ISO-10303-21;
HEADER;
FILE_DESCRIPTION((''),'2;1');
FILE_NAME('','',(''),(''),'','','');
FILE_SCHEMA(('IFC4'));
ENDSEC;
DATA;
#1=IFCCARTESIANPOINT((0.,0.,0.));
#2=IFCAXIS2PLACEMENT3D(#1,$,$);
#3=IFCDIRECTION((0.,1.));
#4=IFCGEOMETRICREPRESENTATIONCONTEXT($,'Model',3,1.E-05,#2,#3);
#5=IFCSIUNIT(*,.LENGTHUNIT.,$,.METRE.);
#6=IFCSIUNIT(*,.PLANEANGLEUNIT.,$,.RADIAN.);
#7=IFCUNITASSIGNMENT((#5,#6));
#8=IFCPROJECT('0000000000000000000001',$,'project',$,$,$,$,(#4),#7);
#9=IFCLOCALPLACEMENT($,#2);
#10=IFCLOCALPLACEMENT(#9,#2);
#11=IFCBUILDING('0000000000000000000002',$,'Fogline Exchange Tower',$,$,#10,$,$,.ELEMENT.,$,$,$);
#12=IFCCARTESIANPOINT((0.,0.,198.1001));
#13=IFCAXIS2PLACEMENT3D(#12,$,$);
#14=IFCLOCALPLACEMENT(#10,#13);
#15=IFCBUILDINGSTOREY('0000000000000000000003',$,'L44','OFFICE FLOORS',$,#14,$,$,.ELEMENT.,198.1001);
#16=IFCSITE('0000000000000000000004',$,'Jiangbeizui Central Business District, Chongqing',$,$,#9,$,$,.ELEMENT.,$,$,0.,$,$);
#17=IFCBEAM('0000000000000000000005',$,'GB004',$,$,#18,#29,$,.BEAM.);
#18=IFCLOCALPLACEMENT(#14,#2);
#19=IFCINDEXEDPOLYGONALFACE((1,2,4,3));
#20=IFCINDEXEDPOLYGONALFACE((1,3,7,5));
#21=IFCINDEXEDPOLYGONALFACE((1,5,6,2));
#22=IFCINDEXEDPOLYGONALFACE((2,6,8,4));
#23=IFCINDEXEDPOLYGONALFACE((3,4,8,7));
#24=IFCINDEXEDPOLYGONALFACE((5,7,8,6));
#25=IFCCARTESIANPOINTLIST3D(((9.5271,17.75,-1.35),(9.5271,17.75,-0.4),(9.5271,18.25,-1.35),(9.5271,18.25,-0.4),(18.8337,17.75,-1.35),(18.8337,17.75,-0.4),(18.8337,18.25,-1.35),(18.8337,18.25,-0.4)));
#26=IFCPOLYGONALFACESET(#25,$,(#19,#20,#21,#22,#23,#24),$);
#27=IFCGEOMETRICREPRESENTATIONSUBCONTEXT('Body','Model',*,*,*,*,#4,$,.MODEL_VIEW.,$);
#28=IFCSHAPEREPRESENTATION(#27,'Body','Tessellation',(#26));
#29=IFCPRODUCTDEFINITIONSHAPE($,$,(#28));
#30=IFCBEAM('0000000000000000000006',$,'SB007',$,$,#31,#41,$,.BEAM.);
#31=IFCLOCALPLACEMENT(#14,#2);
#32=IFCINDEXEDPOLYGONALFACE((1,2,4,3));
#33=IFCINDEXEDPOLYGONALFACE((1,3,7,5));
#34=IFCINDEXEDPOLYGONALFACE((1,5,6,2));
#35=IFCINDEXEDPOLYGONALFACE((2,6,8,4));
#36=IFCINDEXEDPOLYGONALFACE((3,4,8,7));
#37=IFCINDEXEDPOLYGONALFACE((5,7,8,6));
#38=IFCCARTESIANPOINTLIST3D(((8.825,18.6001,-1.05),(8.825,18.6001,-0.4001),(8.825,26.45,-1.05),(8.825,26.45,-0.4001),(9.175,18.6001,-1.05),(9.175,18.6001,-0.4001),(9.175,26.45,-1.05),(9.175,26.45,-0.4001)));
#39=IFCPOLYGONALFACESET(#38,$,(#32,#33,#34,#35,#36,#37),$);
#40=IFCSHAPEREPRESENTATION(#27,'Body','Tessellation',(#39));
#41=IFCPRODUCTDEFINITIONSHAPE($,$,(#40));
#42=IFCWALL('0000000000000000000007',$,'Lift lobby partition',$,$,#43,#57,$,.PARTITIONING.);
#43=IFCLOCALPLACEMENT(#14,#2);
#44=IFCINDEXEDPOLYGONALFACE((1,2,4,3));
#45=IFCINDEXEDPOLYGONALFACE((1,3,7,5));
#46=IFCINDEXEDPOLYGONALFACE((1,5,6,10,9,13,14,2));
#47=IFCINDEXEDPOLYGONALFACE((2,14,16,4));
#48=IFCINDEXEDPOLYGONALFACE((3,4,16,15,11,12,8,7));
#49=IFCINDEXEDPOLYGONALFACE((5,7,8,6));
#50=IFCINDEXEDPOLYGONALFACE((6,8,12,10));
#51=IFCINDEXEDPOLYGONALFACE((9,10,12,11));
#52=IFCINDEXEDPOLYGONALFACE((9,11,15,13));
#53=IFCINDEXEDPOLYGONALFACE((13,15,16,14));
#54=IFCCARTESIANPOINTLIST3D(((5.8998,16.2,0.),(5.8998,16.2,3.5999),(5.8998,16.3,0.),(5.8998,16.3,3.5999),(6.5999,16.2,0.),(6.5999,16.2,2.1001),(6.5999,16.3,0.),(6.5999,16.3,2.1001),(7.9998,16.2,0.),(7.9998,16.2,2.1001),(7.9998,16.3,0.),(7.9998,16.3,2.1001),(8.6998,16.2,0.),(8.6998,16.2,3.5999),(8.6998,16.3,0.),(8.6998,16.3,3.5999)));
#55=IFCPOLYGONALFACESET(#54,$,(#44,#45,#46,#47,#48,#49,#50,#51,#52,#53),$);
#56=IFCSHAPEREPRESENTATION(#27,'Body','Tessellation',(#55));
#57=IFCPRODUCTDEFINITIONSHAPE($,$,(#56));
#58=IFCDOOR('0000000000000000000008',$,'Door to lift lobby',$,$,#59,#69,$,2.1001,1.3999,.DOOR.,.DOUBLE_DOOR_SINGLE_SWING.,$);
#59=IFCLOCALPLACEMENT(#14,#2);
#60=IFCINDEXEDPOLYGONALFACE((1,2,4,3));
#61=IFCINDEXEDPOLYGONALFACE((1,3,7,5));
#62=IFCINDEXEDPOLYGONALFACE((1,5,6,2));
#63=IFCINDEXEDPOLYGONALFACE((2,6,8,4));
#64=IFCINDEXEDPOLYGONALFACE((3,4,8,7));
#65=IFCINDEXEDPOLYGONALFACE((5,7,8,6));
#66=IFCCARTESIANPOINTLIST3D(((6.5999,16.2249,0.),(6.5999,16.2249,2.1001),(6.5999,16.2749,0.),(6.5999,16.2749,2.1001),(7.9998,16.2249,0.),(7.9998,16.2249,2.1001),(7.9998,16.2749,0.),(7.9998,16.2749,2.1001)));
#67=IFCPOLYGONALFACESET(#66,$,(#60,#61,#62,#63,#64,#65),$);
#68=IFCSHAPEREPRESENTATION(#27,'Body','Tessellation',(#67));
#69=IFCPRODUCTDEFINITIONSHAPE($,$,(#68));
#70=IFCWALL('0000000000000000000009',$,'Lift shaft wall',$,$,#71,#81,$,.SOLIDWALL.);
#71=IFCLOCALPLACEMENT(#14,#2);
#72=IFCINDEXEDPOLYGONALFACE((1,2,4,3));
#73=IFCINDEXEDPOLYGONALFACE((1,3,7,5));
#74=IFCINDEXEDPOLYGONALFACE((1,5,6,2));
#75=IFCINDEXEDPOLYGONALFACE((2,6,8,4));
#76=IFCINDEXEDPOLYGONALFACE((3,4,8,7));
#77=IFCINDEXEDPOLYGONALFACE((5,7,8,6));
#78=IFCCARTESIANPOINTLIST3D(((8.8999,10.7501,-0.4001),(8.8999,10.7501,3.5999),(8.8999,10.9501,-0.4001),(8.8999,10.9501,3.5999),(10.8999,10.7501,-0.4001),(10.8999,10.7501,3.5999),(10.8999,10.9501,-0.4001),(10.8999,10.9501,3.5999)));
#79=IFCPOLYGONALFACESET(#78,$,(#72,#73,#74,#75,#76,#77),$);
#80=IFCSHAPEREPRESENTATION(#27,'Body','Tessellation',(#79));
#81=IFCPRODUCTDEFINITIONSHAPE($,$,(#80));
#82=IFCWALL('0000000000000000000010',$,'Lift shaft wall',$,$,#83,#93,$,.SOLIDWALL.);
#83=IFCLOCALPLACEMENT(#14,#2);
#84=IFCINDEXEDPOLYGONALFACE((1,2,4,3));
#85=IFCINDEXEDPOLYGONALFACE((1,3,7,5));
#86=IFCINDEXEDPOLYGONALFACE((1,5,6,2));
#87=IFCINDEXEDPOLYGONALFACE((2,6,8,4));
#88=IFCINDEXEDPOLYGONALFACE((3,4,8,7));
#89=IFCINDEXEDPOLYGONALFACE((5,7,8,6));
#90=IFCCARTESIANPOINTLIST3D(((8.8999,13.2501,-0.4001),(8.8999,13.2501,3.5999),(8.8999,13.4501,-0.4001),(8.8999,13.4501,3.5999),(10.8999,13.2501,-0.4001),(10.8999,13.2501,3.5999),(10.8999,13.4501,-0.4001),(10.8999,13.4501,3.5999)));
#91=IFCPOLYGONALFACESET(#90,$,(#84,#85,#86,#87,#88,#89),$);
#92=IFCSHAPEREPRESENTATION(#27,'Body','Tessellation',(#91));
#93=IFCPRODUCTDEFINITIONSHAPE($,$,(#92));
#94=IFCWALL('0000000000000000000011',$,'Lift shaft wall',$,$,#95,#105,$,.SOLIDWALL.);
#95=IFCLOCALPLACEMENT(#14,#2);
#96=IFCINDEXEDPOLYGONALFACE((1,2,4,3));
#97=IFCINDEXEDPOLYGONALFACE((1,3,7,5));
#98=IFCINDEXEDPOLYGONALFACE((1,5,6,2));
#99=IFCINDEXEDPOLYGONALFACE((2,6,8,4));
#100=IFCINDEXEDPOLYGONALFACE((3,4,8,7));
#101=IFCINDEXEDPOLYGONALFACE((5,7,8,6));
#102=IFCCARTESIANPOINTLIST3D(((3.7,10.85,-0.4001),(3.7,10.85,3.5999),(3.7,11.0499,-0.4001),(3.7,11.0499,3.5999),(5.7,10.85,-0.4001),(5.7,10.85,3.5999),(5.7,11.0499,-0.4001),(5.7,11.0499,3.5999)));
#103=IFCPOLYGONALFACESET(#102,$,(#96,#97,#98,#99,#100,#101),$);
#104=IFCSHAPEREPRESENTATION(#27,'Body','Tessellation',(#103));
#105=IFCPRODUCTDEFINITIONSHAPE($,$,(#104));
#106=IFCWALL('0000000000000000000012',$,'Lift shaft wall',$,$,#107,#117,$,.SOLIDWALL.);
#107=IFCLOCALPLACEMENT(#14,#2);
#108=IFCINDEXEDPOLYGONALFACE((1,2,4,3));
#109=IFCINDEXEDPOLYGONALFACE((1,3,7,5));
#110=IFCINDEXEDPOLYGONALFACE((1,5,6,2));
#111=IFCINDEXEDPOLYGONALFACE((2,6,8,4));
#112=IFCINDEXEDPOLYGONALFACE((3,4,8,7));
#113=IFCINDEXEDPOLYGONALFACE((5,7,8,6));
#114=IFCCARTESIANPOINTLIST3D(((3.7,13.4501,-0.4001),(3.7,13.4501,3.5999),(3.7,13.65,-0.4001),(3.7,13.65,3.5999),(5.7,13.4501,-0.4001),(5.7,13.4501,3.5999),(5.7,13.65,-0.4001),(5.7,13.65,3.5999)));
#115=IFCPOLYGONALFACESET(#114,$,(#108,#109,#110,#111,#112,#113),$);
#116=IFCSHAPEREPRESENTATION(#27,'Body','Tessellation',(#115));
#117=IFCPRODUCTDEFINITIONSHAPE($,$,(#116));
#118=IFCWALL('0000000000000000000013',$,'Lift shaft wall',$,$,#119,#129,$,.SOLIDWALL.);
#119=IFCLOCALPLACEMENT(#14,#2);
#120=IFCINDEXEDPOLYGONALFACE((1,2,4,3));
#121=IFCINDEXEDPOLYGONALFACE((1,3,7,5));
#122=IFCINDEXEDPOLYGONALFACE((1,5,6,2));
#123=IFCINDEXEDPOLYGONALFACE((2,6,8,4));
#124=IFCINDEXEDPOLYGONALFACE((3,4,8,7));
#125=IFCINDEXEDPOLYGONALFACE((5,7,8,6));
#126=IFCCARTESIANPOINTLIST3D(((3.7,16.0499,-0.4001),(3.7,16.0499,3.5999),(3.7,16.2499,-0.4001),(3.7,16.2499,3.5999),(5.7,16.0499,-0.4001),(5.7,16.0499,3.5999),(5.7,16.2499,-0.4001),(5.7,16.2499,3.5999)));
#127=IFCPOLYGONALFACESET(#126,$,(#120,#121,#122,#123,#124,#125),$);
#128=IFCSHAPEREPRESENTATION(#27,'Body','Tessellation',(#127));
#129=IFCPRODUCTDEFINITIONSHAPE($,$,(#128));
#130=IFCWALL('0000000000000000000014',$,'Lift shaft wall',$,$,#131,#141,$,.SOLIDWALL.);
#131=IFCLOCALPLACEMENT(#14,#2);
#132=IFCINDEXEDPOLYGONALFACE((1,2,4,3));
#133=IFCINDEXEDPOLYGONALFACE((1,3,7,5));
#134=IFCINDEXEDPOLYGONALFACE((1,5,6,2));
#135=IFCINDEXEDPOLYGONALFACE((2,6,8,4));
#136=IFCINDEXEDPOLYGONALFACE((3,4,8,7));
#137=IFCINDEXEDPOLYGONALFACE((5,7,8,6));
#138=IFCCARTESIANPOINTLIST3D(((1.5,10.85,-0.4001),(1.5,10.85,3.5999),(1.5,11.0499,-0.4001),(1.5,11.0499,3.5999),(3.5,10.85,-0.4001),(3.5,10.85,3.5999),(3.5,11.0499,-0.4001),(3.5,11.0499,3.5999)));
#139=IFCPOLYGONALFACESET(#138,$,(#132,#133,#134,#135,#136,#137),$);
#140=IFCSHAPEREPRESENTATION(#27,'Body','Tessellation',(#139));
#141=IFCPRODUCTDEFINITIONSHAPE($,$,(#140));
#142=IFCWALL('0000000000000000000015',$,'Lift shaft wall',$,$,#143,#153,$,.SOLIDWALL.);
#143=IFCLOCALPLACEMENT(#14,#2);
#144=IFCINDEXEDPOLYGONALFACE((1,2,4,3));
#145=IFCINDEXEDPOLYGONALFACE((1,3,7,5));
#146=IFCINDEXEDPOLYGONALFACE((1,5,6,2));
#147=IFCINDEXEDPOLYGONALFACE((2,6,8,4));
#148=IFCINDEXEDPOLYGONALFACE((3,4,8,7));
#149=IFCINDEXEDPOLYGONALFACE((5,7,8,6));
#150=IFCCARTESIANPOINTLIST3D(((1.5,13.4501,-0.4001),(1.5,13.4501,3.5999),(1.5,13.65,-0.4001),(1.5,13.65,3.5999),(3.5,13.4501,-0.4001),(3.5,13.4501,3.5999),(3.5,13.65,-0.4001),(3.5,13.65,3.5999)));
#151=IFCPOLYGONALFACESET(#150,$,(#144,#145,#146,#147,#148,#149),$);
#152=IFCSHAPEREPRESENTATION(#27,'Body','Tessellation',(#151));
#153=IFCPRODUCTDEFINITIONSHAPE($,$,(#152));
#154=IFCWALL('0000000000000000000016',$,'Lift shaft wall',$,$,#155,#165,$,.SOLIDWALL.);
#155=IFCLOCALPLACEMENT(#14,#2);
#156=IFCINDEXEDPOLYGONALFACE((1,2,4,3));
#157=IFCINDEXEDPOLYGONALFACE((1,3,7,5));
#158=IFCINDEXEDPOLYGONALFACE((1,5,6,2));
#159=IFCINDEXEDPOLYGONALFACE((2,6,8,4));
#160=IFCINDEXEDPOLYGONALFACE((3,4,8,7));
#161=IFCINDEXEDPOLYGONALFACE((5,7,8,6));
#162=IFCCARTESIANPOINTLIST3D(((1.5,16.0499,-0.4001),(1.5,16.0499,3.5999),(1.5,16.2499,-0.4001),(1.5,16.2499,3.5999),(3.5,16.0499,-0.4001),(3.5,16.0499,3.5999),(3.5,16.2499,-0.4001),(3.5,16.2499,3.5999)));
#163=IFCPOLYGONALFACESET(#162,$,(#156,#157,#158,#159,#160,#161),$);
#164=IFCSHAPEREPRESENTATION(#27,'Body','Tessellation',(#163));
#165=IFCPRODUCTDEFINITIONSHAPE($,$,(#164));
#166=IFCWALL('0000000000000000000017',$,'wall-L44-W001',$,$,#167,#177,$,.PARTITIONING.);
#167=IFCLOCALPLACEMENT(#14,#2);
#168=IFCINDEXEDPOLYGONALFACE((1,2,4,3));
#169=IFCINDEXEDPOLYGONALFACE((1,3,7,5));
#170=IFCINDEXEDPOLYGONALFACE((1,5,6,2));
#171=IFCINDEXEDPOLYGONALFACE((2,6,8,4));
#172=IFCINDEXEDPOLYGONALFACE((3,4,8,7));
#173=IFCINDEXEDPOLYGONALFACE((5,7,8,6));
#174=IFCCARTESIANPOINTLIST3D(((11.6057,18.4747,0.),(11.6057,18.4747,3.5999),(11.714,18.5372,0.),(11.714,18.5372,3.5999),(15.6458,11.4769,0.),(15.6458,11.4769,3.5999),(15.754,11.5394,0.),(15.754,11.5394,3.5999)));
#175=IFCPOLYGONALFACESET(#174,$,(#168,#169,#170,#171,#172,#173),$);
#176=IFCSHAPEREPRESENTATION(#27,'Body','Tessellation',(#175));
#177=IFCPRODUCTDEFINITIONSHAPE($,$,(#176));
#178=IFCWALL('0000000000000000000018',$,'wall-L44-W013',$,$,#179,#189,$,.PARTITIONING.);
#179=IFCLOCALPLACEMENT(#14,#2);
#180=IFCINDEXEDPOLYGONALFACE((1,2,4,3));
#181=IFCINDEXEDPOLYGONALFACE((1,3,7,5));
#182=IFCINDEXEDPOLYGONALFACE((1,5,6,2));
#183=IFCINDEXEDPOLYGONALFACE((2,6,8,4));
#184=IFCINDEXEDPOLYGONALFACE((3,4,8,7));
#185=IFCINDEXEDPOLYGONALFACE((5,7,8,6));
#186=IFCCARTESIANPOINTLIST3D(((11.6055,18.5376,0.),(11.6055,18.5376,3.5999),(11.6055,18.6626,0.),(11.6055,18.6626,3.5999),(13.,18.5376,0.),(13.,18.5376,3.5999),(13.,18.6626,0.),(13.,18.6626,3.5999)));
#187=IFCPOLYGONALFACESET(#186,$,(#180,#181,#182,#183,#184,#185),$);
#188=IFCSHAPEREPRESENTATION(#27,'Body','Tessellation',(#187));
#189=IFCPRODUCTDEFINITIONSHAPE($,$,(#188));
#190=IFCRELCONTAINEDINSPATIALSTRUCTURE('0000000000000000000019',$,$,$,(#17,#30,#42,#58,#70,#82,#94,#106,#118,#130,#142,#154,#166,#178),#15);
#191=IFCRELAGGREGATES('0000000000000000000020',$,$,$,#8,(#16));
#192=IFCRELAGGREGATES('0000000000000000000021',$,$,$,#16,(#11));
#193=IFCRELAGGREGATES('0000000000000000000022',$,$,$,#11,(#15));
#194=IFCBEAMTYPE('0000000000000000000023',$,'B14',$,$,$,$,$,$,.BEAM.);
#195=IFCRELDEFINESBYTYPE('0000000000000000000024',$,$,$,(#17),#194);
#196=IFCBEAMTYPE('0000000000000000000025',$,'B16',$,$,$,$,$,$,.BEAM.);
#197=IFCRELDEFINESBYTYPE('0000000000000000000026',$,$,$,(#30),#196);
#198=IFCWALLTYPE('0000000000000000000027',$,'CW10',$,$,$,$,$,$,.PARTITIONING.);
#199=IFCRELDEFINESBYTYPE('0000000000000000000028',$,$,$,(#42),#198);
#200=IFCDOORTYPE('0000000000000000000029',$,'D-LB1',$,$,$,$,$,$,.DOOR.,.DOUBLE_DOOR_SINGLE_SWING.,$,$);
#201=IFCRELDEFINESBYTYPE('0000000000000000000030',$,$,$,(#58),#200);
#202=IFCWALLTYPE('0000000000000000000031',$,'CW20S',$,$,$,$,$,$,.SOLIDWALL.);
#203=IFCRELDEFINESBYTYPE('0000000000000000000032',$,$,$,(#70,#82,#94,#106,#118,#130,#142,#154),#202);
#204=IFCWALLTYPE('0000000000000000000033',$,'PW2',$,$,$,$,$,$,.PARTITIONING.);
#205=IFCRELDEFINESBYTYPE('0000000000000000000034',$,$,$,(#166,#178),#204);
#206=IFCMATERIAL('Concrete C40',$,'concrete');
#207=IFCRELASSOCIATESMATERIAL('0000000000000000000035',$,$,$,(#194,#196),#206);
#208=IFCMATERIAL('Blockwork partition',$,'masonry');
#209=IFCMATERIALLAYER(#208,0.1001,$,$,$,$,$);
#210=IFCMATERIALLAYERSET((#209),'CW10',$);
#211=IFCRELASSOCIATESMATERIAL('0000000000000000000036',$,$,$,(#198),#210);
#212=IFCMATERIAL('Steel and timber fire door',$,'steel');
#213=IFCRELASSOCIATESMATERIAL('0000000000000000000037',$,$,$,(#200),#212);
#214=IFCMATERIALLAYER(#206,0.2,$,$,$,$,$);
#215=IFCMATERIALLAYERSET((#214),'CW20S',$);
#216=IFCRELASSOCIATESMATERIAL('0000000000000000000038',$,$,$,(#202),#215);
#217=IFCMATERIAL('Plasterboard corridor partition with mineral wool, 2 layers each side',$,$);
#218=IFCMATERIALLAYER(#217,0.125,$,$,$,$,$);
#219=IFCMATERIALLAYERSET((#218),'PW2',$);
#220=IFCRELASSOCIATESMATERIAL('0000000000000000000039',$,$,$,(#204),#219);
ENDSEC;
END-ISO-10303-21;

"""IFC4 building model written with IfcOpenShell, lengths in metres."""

from ifc_helpers import new_model, si_unit, direction, frame, frame_2d, origin, origin_2d, place, context, subcontext, project, spatial, rectangle, extrude, material, layer, layer_set, material_profile, profile_set, type_object, element, fill, save


model = new_model("IFC4")

# Units and contexts
model_context = context("Model", 3, precision=1e-05, world=origin(), true_north=direction((0.0, 1.0)))
body_context = subcontext(model_context, "Body", "Model", "MODEL_VIEW")
ifc_project = project(units=[si_unit("LENGTHUNIT", "METRE"), si_unit("PLANEANGLEUNIT", "RADIAN")], contexts=[model_context])

# Site, building, storey
site_placement = place(None, origin())
site = spatial("IfcSite", under=ifc_project, at=site_placement, Name="Jiangbeizui Central Business District, Chongqing", CompositionType="ELEMENT", RefElevation=0.0)
building_placement = place(site_placement, origin())
building = spatial("IfcBuilding", under=site, at=building_placement, Name="Fogline Exchange Tower", CompositionType="ELEMENT")
storey_placement = place(building_placement, frame((0.0, 0.0, 198.1001)))
storey = spatial("IfcBuildingStorey", under=building, at=storey_placement, Name="L44", Description="OFFICE FLOORS", CompositionType="ELEMENT", Elevation=198.1001)

# Beams
ifc_material_1 = material(Name="Concrete C40", Category="concrete")
ifc_material_profile_1 = material_profile(ifc_material_1, rectangle(XDim=0.5, YDim=0.95, at=origin_2d()), Name="RC 500x950")
ifc_profile_set_1 = profile_set([ifc_material_profile_1], Name="Concrete C40")
beam_type_1 = type_object("IfcBeamType", Name="B14", PredefinedType="BEAM", material=ifc_profile_set_1)
beam_1_placement = place(storey_placement, frame((9.5271, 18.0, -0.875), z_axis=(1.0, 0.0, 0.0), x_axis=(0.0, 1.0, 0.0)))
element("IfcBeam", 1, at=beam_1_placement, inside=storey, type_object=beam_type_1, Name="GB004", PredefinedType="BEAM", context=body_context, shape_type="SweptSolid", body=[
    extrude(rectangle(XDim=0.5, YDim=0.95, at=origin_2d()), origin(), (0.0, 0.0, 1.0), 9.3066),
])
ifc_material_profile_2 = material_profile(ifc_material_1, rectangle(XDim=0.3501, YDim=0.6499, at=origin_2d()), Name="RC 350x650")
ifc_profile_set_2 = profile_set([ifc_material_profile_2], Name="Concrete C40")
beam_type_2 = type_object("IfcBeamType", Name="B16", PredefinedType="BEAM", material=ifc_profile_set_2)
beam_2_placement = place(storey_placement, frame((9.0, 18.6001, -0.7251), z_axis=(0.0, 1.0, 0.0), x_axis=(-1.0, 0.0, 0.0)))
element("IfcBeam", 2, at=beam_2_placement, inside=storey, type_object=beam_type_2, Name="SB007", PredefinedType="BEAM", context=body_context, shape_type="SweptSolid", body=[
    extrude(rectangle(XDim=0.3501, YDim=0.6499, at=origin_2d()), origin(), (0.0, 0.0, 1.0), 7.8499),
])

# Wall, opening, door
ifc_material_2 = material(Name="Blockwork partition", Category="masonry")
ifc_layer_1 = layer(ifc_material_2, 0.1001)
ifc_layer_set_1 = layer_set([ifc_layer_1], Name="CW10")
wall_type_1 = type_object("IfcWallType", Name="CW10", PredefinedType="PARTITIONING", material=ifc_layer_set_1)
wall_1_placement = place(storey_placement, frame((5.8999, 16.25, 0.0), z_axis=(0.0, 0.0, 1.0), x_axis=(1.0, 0.0, 0.0)))
wall_1 = element("IfcWall", 3, at=wall_1_placement, inside=storey, type_object=wall_type_1, Name="Lift lobby partition", PredefinedType="PARTITIONING", context=body_context, shape_type="SweptSolid", body=[
    extrude(rectangle(XDim=2.8, YDim=0.1001, at=frame_2d((1.3999, 0.0))), origin(), (0.0, 0.0, 1.0), 3.5999),
])
opening_1_placement = place(wall_1_placement, frame((0.7, 0.0, 0.0)))
opening_1 = element("IfcOpeningElement", 4, at=opening_1_placement, cuts=wall_1, PredefinedType="OPENING", context=body_context, shape_type="SweptSolid", body=[
    extrude(rectangle(XDim=1.3999, YDim=2.1001, at=frame_2d((0.7, 1.05))), frame((0.0, 0.0601, 0.0), z_axis=(0.0, -1.0, 0.0), x_axis=(1.0, 0.0, 0.0)), (0.0, 0.0, 1.0), 0.1201),
])
ifc_material_3 = material(Name="Steel and timber fire door", Category="steel")
door_type_1 = type_object("IfcDoorType", Name="D-LB1", OperationType="DOUBLE_DOOR_SINGLE_SWING", PredefinedType="DOOR", material=ifc_material_3)
door_1_placement = place(opening_1_placement, origin())
door_1 = element("IfcDoor", 5, at=door_1_placement, inside=storey, type_object=door_type_1, Name="Door to lift lobby", OperationType="DOUBLE_DOOR_SINGLE_SWING", OverallHeight=2.1001, OverallWidth=1.3999, PredefinedType="DOOR", context=body_context, shape_type="SweptSolid", body=[
    extrude(rectangle(XDim=1.3999, YDim=2.1001, at=frame_2d((0.7, 1.05))), frame((0.0, 0.0249, 0.0), z_axis=(0.0, -1.0, 0.0), x_axis=(1.0, 0.0, 0.0)), (0.0, 0.0, 1.0), 0.05),
])
fill(opening_1, door_1)

# Walls
ifc_layer_2 = layer(ifc_material_1, 0.2)
ifc_layer_set_2 = layer_set([ifc_layer_2], Name="CW20S")
wall_type_2 = type_object("IfcWallType", Name="CW20S", PredefinedType="SOLIDWALL", material=ifc_layer_set_2)
for number, where, z_axis, x_axis, name in (
    (6, (8.8999, 10.8501, -0.4001), (0.0, 0.0, 1.0), (1.0, 0.0, 0.0), "Lift shaft wall"),
    (7, (8.8999, 13.3501, -0.4001), (0.0, 0.0, 1.0), (1.0, 0.0, 0.0), "Lift shaft wall"),
    (8, (3.7, 10.95, -0.4001), (0.0, 0.0, 1.0), (1.0, 0.0, 0.0), "Lift shaft wall"),
    (9, (3.7, 13.55, -0.4001), (0.0, 0.0, 1.0), (1.0, 0.0, 0.0), "Lift shaft wall"),
    (10, (3.7, 16.1499, -0.4001), (0.0, 0.0, 1.0), (1.0, 0.0, 0.0), "Lift shaft wall"),
    (11, (1.5, 10.95, -0.4001), (0.0, 0.0, 1.0), (1.0, 0.0, 0.0), "Lift shaft wall"),
    (12, (1.5, 13.55, -0.4001), (0.0, 0.0, 1.0), (1.0, 0.0, 0.0), "Lift shaft wall"),
    (13, (1.5, 16.1499, -0.4001), (0.0, 0.0, 1.0), (1.0, 0.0, 0.0), "Lift shaft wall"),
):
    element("IfcWall", number, at=place(storey_placement, frame(where, z_axis=z_axis, x_axis=x_axis)), inside=storey, type_object=wall_type_2, Name=name, PredefinedType="SOLIDWALL", context=body_context, shape_type="SweptSolid", body=[
        extrude(rectangle(XDim=2.0, YDim=0.2, at=frame_2d((1.0, 0.0))), origin(), (0.0, 0.0, 1.0), 4.0),
    ])
ifc_material_4 = material(Name="Plasterboard corridor partition with mineral wool, 2 layers each side")
ifc_layer_3 = layer(ifc_material_4, 0.125)
ifc_layer_set_3 = layer_set([ifc_layer_3], Name="PW2")
wall_type_3 = type_object("IfcWallType", Name="PW2", PredefinedType="PARTITIONING", material=ifc_layer_set_3)
wall_2_placement = place(storey_placement, frame((11.6599, 18.5059, 0.0), z_axis=(0.0, 0.0, 1.0), x_axis=(0.499987, -0.866033, 0.0)))
element("IfcWall", 14, at=wall_2_placement, inside=storey, type_object=wall_type_3, Name="wall-L44-W001", PredefinedType="PARTITIONING", context=body_context, shape_type="SweptSolid", body=[
    extrude(rectangle(XDim=8.0803, YDim=0.125, at=frame_2d((4.04, 0.0))), origin(), (0.0, 0.0, 1.0), 3.5999),
])
wall_3_placement = place(storey_placement, frame((13.0, 18.6001, 0.0), z_axis=(0.0, 0.0, 1.0), x_axis=(-1.0, 0.0, 0.0)))
element("IfcWall", 15, at=wall_3_placement, inside=storey, type_object=wall_type_3, Name="wall-L44-W013", PredefinedType="PARTITIONING", context=body_context, shape_type="SweptSolid", body=[
    extrude(rectangle(XDim=1.3945, YDim=0.125, at=frame_2d((0.6973, 0.0))), origin(), (0.0, 0.0, 1.0), 3.5999),
])

save(model, "model.ifc")
